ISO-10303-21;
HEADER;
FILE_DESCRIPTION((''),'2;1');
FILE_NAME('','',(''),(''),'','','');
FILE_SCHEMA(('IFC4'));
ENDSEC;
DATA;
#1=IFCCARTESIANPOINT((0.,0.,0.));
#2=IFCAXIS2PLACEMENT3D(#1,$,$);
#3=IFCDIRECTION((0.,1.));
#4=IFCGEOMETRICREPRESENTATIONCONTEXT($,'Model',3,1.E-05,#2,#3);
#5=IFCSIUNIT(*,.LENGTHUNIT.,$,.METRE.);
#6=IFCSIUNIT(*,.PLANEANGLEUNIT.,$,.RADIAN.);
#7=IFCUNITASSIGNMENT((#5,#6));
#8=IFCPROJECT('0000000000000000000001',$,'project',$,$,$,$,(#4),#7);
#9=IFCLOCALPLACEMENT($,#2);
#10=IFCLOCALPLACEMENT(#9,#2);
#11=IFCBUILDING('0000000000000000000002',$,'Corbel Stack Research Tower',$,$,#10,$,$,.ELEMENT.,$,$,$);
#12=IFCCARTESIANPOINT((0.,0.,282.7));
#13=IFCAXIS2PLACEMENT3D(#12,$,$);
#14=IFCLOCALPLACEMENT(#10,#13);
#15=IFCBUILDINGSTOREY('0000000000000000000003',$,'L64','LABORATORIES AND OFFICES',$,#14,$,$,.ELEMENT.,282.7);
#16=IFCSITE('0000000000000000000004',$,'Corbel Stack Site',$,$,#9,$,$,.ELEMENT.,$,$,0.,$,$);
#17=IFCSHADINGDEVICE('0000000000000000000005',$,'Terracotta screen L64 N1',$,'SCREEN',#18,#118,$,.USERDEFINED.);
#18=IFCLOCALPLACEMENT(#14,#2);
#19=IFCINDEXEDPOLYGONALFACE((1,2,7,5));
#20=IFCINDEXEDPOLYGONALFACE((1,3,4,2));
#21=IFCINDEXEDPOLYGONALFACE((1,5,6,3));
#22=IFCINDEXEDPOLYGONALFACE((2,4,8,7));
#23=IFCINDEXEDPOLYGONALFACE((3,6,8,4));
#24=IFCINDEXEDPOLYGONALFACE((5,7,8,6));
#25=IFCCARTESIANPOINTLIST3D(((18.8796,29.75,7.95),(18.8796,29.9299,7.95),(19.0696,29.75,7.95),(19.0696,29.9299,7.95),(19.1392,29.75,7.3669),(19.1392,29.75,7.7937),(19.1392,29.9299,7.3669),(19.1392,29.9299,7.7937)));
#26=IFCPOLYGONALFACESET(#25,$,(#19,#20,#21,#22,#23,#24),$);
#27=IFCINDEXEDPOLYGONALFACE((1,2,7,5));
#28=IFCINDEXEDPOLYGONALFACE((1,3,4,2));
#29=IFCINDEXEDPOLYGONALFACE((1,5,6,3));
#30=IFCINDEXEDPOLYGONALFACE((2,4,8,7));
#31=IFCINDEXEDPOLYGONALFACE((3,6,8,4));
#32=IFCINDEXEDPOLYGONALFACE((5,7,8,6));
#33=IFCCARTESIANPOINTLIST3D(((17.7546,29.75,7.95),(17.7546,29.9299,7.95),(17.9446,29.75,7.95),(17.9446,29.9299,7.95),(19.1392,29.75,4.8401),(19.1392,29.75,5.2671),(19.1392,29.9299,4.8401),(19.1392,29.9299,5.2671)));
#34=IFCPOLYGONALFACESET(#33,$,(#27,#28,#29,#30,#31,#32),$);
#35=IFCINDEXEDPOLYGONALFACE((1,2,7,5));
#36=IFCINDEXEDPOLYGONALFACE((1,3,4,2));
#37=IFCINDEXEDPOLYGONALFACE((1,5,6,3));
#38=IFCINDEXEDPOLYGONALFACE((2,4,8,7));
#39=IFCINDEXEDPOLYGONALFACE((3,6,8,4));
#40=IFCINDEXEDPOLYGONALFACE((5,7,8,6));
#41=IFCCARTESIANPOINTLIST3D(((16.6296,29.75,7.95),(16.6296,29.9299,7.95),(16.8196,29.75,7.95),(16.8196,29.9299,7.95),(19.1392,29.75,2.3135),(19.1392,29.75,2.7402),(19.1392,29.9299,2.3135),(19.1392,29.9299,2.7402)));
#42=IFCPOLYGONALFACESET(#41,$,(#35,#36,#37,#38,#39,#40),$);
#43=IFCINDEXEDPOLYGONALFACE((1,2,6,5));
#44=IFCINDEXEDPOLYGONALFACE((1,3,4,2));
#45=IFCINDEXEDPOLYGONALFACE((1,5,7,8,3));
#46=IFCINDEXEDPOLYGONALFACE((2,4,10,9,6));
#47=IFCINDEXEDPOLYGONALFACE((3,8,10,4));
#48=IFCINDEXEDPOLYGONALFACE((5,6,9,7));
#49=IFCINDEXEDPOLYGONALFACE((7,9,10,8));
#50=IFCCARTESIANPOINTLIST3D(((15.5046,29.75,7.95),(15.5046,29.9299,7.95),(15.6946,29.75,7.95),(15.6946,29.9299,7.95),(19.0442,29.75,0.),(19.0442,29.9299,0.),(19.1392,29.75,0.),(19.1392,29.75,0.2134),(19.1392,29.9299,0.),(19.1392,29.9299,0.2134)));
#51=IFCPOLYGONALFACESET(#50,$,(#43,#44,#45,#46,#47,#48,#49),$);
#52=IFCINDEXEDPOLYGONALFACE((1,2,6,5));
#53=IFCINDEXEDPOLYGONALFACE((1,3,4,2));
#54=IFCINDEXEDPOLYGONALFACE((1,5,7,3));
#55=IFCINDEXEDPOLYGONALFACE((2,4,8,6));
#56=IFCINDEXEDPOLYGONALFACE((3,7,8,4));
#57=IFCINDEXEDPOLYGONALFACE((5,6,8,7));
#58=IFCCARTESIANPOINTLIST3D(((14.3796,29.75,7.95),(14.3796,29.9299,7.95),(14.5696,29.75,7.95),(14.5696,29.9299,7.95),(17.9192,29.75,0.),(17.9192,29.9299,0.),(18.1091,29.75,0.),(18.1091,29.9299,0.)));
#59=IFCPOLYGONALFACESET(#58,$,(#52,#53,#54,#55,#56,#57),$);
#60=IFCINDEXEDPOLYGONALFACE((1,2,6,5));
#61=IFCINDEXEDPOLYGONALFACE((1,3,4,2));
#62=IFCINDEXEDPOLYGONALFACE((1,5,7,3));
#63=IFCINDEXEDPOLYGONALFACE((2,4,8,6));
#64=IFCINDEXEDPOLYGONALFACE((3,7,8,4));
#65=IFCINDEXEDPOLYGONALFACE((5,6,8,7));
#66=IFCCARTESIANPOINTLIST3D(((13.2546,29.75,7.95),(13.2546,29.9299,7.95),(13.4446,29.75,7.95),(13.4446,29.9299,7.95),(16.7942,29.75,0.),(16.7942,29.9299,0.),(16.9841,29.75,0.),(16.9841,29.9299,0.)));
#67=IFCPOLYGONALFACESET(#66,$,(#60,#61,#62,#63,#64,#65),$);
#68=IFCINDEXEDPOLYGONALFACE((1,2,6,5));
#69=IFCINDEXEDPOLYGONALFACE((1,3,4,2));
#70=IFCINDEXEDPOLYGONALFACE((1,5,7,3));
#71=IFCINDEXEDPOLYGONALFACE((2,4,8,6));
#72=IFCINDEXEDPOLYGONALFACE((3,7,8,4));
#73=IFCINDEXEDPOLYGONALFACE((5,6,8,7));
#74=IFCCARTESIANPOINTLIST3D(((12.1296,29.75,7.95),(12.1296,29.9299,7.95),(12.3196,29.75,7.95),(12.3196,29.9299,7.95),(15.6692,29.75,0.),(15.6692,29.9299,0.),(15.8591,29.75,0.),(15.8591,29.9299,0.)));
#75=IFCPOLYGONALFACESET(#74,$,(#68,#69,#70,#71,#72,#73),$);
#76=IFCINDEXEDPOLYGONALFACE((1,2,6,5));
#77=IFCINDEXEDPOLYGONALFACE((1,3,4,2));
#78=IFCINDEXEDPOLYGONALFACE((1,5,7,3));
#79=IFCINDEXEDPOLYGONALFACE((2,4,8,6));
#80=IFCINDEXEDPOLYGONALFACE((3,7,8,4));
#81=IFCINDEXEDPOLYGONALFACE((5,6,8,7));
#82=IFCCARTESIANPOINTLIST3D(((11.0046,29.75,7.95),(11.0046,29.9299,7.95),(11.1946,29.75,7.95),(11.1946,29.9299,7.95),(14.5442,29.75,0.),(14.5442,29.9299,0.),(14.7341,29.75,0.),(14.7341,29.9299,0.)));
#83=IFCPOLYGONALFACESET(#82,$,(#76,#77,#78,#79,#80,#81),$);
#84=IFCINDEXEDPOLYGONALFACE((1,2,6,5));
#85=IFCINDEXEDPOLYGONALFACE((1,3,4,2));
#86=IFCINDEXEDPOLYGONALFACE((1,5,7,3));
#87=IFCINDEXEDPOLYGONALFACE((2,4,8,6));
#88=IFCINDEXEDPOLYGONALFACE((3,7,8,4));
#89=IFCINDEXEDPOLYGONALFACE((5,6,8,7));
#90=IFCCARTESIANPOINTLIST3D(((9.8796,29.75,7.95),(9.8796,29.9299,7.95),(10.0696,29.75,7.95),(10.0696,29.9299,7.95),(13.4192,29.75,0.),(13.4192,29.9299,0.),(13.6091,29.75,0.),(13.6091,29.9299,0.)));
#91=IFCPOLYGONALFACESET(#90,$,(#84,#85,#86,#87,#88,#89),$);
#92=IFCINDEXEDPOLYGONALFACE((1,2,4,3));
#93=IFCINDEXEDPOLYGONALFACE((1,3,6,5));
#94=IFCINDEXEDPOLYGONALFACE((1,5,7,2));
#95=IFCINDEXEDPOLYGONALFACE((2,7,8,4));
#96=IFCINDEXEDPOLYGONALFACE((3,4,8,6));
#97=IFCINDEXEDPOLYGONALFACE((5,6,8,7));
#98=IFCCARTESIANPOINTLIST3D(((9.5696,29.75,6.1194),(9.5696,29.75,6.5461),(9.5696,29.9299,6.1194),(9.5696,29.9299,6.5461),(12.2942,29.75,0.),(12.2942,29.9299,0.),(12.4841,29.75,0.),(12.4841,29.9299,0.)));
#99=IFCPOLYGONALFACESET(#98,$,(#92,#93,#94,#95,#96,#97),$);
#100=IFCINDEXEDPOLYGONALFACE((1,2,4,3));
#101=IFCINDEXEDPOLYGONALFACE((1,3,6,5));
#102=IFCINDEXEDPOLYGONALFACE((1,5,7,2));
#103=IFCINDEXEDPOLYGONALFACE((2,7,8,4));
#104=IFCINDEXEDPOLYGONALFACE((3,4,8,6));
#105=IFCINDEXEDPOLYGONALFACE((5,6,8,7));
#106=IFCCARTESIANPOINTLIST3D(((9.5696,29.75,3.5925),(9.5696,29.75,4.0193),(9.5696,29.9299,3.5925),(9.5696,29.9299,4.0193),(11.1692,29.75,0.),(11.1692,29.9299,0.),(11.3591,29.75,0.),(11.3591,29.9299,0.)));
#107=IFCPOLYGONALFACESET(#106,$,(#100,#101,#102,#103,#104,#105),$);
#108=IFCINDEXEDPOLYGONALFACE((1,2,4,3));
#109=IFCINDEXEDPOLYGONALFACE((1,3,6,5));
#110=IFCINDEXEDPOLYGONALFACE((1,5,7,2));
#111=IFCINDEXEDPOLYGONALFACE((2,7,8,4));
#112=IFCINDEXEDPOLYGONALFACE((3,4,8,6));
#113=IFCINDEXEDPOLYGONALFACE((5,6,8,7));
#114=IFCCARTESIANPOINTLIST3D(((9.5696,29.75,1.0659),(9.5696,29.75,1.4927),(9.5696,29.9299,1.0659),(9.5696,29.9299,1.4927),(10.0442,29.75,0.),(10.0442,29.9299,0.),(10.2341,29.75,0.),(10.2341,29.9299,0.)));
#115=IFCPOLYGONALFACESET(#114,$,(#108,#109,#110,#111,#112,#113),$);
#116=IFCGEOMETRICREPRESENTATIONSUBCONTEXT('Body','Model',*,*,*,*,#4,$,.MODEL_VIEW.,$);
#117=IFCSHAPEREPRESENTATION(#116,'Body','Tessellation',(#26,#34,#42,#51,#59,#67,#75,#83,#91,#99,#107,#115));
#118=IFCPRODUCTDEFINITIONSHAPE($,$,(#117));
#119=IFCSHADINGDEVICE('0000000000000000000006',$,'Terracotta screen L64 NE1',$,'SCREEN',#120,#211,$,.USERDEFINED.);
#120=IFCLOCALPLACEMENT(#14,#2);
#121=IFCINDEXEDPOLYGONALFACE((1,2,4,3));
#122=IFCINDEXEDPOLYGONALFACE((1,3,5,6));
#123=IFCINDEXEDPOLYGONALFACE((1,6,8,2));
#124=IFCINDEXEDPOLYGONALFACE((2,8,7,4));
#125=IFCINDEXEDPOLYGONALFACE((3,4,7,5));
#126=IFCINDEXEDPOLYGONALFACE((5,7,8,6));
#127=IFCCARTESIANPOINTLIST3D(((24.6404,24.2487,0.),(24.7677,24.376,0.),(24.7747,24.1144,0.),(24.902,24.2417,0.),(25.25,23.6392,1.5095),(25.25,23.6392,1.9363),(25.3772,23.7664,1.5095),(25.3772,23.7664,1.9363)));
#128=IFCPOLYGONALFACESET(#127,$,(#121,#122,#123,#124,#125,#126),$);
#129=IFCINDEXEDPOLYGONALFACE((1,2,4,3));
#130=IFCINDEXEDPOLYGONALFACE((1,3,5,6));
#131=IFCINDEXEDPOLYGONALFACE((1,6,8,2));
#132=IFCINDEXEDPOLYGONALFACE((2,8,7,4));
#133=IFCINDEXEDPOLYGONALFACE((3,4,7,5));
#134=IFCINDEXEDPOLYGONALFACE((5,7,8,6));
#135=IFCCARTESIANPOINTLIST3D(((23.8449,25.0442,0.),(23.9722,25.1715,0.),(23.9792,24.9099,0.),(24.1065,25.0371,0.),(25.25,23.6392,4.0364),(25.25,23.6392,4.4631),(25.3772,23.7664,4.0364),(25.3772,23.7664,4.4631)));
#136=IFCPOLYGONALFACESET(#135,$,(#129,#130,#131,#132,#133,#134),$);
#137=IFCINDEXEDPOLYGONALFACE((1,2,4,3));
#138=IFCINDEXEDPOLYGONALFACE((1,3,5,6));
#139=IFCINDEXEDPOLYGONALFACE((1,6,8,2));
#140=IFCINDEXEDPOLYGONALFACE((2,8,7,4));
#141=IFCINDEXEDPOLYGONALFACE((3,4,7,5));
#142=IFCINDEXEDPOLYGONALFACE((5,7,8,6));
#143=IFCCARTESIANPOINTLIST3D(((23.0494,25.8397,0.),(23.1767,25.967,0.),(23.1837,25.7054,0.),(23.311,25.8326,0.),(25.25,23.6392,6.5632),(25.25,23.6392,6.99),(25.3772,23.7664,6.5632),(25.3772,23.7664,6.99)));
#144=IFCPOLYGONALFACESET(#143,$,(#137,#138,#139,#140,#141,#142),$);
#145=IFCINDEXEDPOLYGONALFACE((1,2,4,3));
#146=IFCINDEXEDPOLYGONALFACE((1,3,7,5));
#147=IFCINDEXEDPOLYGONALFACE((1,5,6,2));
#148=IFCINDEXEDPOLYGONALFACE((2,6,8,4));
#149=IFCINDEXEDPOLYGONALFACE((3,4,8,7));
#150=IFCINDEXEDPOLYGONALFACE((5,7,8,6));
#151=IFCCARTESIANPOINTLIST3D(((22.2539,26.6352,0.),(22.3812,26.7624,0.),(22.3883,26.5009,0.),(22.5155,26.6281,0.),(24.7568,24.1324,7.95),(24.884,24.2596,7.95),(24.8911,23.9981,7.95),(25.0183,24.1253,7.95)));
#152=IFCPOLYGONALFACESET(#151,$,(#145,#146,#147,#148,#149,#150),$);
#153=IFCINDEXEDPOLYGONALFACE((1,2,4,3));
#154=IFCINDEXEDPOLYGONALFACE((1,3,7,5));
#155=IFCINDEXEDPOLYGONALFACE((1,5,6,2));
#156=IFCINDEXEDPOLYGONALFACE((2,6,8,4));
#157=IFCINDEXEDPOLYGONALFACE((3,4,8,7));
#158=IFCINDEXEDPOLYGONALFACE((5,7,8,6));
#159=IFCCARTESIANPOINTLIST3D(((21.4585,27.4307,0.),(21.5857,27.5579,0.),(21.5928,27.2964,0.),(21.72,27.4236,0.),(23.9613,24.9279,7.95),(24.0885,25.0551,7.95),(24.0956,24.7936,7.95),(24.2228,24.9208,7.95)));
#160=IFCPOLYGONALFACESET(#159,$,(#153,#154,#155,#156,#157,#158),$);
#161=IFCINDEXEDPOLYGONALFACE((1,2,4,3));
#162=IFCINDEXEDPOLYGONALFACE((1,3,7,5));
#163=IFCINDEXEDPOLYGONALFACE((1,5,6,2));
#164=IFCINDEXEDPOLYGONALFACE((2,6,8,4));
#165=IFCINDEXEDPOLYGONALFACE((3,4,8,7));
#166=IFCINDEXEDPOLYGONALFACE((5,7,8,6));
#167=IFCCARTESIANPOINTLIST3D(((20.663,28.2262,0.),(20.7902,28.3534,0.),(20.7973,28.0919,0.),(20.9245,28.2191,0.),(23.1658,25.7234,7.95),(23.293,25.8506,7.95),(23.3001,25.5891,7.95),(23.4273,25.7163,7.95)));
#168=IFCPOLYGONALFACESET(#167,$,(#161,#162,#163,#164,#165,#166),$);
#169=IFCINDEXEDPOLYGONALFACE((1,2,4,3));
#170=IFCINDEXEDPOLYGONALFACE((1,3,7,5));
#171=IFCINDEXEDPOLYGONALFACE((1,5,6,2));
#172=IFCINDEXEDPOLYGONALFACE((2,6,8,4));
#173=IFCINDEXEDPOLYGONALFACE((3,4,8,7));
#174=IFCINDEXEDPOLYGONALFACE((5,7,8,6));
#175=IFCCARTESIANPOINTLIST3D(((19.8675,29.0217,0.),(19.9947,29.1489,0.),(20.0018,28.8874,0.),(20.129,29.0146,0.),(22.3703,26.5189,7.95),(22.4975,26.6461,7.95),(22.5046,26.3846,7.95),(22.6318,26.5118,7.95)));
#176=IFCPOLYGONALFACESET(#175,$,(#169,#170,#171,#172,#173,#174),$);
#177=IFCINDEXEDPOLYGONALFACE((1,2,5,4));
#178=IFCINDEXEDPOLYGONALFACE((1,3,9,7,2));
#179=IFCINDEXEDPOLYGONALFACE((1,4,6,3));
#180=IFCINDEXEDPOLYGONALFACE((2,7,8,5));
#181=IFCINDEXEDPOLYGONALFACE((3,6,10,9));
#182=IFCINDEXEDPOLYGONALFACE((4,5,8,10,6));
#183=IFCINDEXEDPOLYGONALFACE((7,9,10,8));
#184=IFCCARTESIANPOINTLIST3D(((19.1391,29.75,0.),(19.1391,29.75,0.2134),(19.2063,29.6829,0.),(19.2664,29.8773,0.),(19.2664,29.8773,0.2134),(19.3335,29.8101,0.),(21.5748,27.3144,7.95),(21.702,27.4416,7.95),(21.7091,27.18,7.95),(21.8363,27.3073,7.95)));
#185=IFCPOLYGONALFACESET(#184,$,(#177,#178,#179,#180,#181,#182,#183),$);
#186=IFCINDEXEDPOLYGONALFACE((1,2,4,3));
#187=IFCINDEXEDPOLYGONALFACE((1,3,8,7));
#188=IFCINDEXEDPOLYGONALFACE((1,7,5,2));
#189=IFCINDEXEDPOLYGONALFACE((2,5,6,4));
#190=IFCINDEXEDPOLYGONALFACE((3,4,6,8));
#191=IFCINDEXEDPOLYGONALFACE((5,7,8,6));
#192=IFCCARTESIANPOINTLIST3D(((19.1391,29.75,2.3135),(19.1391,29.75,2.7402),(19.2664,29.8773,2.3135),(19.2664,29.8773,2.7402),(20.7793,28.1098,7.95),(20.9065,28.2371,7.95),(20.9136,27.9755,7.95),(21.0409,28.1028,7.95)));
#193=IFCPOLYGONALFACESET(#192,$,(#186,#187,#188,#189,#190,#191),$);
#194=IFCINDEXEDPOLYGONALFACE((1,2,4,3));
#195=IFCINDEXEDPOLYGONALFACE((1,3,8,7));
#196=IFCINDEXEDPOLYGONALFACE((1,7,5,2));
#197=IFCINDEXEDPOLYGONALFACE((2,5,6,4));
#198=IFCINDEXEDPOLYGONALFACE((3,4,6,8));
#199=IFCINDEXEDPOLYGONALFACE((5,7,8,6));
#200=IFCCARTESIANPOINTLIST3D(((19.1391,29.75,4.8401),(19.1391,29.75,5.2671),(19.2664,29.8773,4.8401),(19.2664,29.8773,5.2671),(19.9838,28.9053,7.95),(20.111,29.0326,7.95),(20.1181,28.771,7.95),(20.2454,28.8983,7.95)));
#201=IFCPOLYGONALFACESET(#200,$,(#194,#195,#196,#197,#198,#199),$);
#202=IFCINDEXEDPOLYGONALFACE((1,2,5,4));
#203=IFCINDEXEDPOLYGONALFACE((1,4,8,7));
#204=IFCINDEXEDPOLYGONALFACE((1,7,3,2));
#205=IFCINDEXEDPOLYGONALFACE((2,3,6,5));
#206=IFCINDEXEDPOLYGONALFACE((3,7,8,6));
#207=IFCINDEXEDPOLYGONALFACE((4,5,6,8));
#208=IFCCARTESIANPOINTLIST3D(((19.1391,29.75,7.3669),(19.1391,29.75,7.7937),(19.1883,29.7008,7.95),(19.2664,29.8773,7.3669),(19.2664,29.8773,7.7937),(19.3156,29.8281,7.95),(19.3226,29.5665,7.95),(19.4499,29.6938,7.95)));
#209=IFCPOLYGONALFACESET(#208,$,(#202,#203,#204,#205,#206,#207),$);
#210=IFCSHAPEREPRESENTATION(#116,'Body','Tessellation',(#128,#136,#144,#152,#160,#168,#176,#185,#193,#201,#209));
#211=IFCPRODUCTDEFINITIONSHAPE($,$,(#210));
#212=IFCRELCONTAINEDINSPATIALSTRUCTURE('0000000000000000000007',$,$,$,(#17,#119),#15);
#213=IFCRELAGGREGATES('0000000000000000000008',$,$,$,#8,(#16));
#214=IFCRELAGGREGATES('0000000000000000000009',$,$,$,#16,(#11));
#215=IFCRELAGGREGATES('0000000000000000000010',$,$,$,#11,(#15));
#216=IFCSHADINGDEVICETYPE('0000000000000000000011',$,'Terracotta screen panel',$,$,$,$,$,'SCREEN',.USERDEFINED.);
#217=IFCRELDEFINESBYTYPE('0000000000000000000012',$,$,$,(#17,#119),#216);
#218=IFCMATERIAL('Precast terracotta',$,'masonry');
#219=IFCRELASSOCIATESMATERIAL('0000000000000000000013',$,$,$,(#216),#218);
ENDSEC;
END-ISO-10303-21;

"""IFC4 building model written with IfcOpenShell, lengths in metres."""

from ifc_helpers import new_model, si_unit, direction, frame, origin, place, context, subcontext, project, spatial, polyline, outline, extrude, source, transform, mapped, material, type_object, element, save


model = new_model("IFC4")

# Units and contexts
model_context = context("Model", 3, precision=1e-05, world=origin(), true_north=direction((0.0, 1.0)))
body_context = subcontext(model_context, "Body", "Model", "MODEL_VIEW")
ifc_project = project(units=[si_unit("LENGTHUNIT", "METRE"), si_unit("PLANEANGLEUNIT", "RADIAN")], contexts=[model_context])

# Site, building, storey
site_placement = place(None, origin())
site = spatial("IfcSite", under=ifc_project, at=site_placement, Name="Corbel Stack Site", CompositionType="ELEMENT", RefElevation=0.0)
building_placement = place(site_placement, origin())
building = spatial("IfcBuilding", under=site, at=building_placement, Name="Corbel Stack Research Tower", CompositionType="ELEMENT")
storey_placement = place(building_placement, frame((0.0, 0.0, 282.7)))
storey = spatial("IfcBuildingStorey", under=building, at=storey_placement, Name="L64", Description="LABORATORIES AND OFFICES", CompositionType="ELEMENT", Elevation=282.7)

# Shading devices
ifc_material_1 = material(Name="Precast terracotta", Category="masonry")
shading_device_type = type_object("IfcShadingDeviceType", Name="Terracotta screen panel", ElementType="SCREEN", PredefinedType="USERDEFINED", material=ifc_material_1)
shared_shape_1 = source(origin(), body_context, "Body", "SweptSolid", [
    extrude(outline(polyline([(0.2595, 7.95), (0.0696, 7.95), (0.0, 7.7937), (0.0, 7.3669), (0.2595, 7.95)])), frame((0.0, 0.0, 0.0), z_axis=(0.0, -1.0, 0.0), x_axis=(1.0, 0.0, 0.0)), (0.0, 0.0, 1.0), 0.1799),
    extrude(outline(polyline([(1.3845, 7.95), (1.1946, 7.95), (0.0, 5.2671), (0.0, 4.8401), (1.3845, 7.95)])), frame((0.0, 0.0, 0.0), z_axis=(0.0, -1.0, 0.0), x_axis=(1.0, 0.0, 0.0)), (0.0, 0.0, 1.0), 0.1799),
    extrude(outline(polyline([(2.5095, 7.95), (2.3196, 7.95), (0.0, 2.7402), (0.0, 2.3135), (2.5095, 7.95)])), frame((0.0, 0.0, 0.0), z_axis=(0.0, -1.0, 0.0), x_axis=(1.0, 0.0, 0.0)), (0.0, 0.0, 1.0), 0.1799),
    extrude(outline(polyline([(0.095, 0.0), (3.6345, 7.95), (3.4446, 7.95), (0.0, 0.2134), (0.0, 0.0), (0.095, 0.0)])), frame((0.0, 0.0, 0.0), z_axis=(0.0, -1.0, 0.0), x_axis=(1.0, 0.0, 0.0)), (0.0, 0.0, 1.0), 0.1799),
    extrude(outline(polyline([(1.22, 0.0), (4.7595, 7.95), (4.5696, 7.95), (1.03, 0.0), (1.22, 0.0)])), frame((0.0, 0.0, 0.0), z_axis=(0.0, -1.0, 0.0), x_axis=(1.0, 0.0, 0.0)), (0.0, 0.0, 1.0), 0.1799),
    extrude(outline(polyline([(2.345, 0.0), (5.8845, 7.95), (5.6946, 7.95), (2.155, 0.0), (2.345, 0.0)])), frame((0.0, 0.0, 0.0), z_axis=(0.0, -1.0, 0.0), x_axis=(1.0, 0.0, 0.0)), (0.0, 0.0, 1.0), 0.1799),
    extrude(outline(polyline([(3.47, 0.0), (7.0095, 7.95), (6.8196, 7.95), (3.28, 0.0), (3.47, 0.0)])), frame((0.0, 0.0, 0.0), z_axis=(0.0, -1.0, 0.0), x_axis=(1.0, 0.0, 0.0)), (0.0, 0.0, 1.0), 0.1799),
    extrude(outline(polyline([(4.595, 0.0), (8.1345, 7.95), (7.9446, 7.95), (4.405, 0.0), (4.595, 0.0)])), frame((0.0, 0.0, 0.0), z_axis=(0.0, -1.0, 0.0), x_axis=(1.0, 0.0, 0.0)), (0.0, 0.0, 1.0), 0.1799),
    extrude(outline(polyline([(5.72, 0.0), (9.2595, 7.95), (9.0696, 7.95), (5.53, 0.0), (5.72, 0.0)])), frame((0.0, 0.0, 0.0), z_axis=(0.0, -1.0, 0.0), x_axis=(1.0, 0.0, 0.0)), (0.0, 0.0, 1.0), 0.1799),
    extrude(outline(polyline([(6.845, 0.0), (9.5696, 6.1194), (9.5696, 6.5461), (6.655, 0.0), (6.845, 0.0)])), frame((0.0, 0.0, 0.0), z_axis=(0.0, -1.0, 0.0), x_axis=(1.0, 0.0, 0.0)), (0.0, 0.0, 1.0), 0.1799),
    extrude(outline(polyline([(7.97, 0.0), (9.5696, 3.5925), (9.5696, 4.0193), (7.78, 0.0), (7.97, 0.0)])), frame((0.0, 0.0, 0.0), z_axis=(0.0, -1.0, 0.0), x_axis=(1.0, 0.0, 0.0)), (0.0, 0.0, 1.0), 0.1799),
    extrude(outline(polyline([(9.095, 0.0), (9.5696, 1.0659), (9.5696, 1.4927), (8.905, 0.0), (9.095, 0.0)])), frame((0.0, 0.0, 0.0), z_axis=(0.0, -1.0, 0.0), x_axis=(1.0, 0.0, 0.0)), (0.0, 0.0, 1.0), 0.1799),
])
shading_device_1_placement = place(storey_placement, frame((19.1392, 29.75, 0.0), z_axis=(0.0, 0.0, 1.0), x_axis=(-1.0, 0.0, 0.0)))
element("IfcShadingDevice", 1, at=shading_device_1_placement, inside=storey, type_object=shading_device_type, Name="Terracotta screen L64 N1", ObjectType="SCREEN", PredefinedType="USERDEFINED", context=body_context, shape_type="MappedRepresentation", body=[
    mapped(shared_shape_1, transform((0.0, 0.0, 0.0))),
])
shared_shape_2 = source(origin(), body_context, "Body", "SweptSolid", [
    extrude(outline(polyline([(0.8621, 0.0), (0.0, 1.9363), (0.0, 1.5095), (0.6721, 0.0), (0.8621, 0.0)])), frame((0.0, 0.0, 0.0), z_axis=(0.0, -1.0, 0.0), x_axis=(1.0, 0.0, 0.0)), (0.0, 0.0, 1.0), 0.1799),
    extrude(outline(polyline([(1.9871, 0.0), (0.0, 4.4631), (0.0, 4.0364), (1.7971, 0.0), (1.9871, 0.0)])), frame((0.0, 0.0, 0.0), z_axis=(0.0, -1.0, 0.0), x_axis=(1.0, 0.0, 0.0)), (0.0, 0.0, 1.0), 0.1799),
    extrude(outline(polyline([(3.1121, 0.0), (0.0, 6.99), (0.0, 6.5632), (2.9221, 0.0), (3.1121, 0.0)])), frame((0.0, 0.0, 0.0), z_axis=(0.0, -1.0, 0.0), x_axis=(1.0, 0.0, 0.0)), (0.0, 0.0, 1.0), 0.1799),
    extrude(outline(polyline([(4.2371, 0.0), (0.6975, 7.95), (0.5076, 7.95), (4.0471, 0.0), (4.2371, 0.0)])), frame((0.0, 0.0, 0.0), z_axis=(0.0, -1.0, 0.0), x_axis=(1.0, 0.0, 0.0)), (0.0, 0.0, 1.0), 0.1799),
    extrude(outline(polyline([(5.3621, 0.0), (1.8225, 7.95), (1.6326, 7.95), (5.1721, 0.0), (5.3621, 0.0)])), frame((0.0, 0.0, 0.0), z_axis=(0.0, -1.0, 0.0), x_axis=(1.0, 0.0, 0.0)), (0.0, 0.0, 1.0), 0.1799),
    extrude(outline(polyline([(6.4871, 0.0), (2.9475, 7.95), (2.7576, 7.95), (6.2971, 0.0), (6.4871, 0.0)])), frame((0.0, 0.0, 0.0), z_axis=(0.0, -1.0, 0.0), x_axis=(1.0, 0.0, 0.0)), (0.0, 0.0, 1.0), 0.1799),
    extrude(outline(polyline([(7.6121, 0.0), (4.0725, 7.95), (3.8826, 7.95), (7.4221, 0.0), (7.6121, 0.0)])), frame((0.0, 0.0, 0.0), z_axis=(0.0, -1.0, 0.0), x_axis=(1.0, 0.0, 0.0)), (0.0, 0.0, 1.0), 0.1799),
    extrude(outline(polyline([(8.6421, 0.0), (8.6421, 0.2134), (5.1975, 7.95), (5.0076, 7.95), (8.5471, 0.0), (8.6421, 0.0)])), frame((0.0, 0.0, 0.0), z_axis=(0.0, -1.0, 0.0), x_axis=(1.0, 0.0, 0.0)), (0.0, 0.0, 1.0), 0.1799),
    extrude(outline(polyline([(6.3225, 7.95), (6.1326, 7.95), (8.6421, 2.3135), (8.6421, 2.7402), (6.3225, 7.95)])), frame((0.0, 0.0, 0.0), z_axis=(0.0, -1.0, 0.0), x_axis=(1.0, 0.0, 0.0)), (0.0, 0.0, 1.0), 0.1799),
    extrude(outline(polyline([(7.4475, 7.95), (7.2576, 7.95), (8.6421, 4.8401), (8.6421, 5.2671), (7.4475, 7.95)])), frame((0.0, 0.0, 0.0), z_axis=(0.0, -1.0, 0.0), x_axis=(1.0, 0.0, 0.0)), (0.0, 0.0, 1.0), 0.1799),
    extrude(outline(polyline([(8.5725, 7.95), (8.3826, 7.95), (8.6421, 7.3669), (8.6421, 7.7937), (8.5725, 7.95)])), frame((0.0, 0.0, 0.0), z_axis=(0.0, -1.0, 0.0), x_axis=(1.0, 0.0, 0.0)), (0.0, 0.0, 1.0), 0.1799),
])
shading_device_2_placement = place(storey_placement, frame((25.25, 23.6392, 0.0), z_axis=(0.0, 0.0, 1.0), x_axis=(-0.707107, 0.707107, 0.0)))
element("IfcShadingDevice", 2, at=shading_device_2_placement, inside=storey, type_object=shading_device_type, Name="Terracotta screen L64 NE1", ObjectType="SCREEN", PredefinedType="USERDEFINED", context=body_context, shape_type="MappedRepresentation", body=[
    mapped(shared_shape_2, transform((0.0, 0.0, 0.0))),
])

save(model, "model.ifc")
